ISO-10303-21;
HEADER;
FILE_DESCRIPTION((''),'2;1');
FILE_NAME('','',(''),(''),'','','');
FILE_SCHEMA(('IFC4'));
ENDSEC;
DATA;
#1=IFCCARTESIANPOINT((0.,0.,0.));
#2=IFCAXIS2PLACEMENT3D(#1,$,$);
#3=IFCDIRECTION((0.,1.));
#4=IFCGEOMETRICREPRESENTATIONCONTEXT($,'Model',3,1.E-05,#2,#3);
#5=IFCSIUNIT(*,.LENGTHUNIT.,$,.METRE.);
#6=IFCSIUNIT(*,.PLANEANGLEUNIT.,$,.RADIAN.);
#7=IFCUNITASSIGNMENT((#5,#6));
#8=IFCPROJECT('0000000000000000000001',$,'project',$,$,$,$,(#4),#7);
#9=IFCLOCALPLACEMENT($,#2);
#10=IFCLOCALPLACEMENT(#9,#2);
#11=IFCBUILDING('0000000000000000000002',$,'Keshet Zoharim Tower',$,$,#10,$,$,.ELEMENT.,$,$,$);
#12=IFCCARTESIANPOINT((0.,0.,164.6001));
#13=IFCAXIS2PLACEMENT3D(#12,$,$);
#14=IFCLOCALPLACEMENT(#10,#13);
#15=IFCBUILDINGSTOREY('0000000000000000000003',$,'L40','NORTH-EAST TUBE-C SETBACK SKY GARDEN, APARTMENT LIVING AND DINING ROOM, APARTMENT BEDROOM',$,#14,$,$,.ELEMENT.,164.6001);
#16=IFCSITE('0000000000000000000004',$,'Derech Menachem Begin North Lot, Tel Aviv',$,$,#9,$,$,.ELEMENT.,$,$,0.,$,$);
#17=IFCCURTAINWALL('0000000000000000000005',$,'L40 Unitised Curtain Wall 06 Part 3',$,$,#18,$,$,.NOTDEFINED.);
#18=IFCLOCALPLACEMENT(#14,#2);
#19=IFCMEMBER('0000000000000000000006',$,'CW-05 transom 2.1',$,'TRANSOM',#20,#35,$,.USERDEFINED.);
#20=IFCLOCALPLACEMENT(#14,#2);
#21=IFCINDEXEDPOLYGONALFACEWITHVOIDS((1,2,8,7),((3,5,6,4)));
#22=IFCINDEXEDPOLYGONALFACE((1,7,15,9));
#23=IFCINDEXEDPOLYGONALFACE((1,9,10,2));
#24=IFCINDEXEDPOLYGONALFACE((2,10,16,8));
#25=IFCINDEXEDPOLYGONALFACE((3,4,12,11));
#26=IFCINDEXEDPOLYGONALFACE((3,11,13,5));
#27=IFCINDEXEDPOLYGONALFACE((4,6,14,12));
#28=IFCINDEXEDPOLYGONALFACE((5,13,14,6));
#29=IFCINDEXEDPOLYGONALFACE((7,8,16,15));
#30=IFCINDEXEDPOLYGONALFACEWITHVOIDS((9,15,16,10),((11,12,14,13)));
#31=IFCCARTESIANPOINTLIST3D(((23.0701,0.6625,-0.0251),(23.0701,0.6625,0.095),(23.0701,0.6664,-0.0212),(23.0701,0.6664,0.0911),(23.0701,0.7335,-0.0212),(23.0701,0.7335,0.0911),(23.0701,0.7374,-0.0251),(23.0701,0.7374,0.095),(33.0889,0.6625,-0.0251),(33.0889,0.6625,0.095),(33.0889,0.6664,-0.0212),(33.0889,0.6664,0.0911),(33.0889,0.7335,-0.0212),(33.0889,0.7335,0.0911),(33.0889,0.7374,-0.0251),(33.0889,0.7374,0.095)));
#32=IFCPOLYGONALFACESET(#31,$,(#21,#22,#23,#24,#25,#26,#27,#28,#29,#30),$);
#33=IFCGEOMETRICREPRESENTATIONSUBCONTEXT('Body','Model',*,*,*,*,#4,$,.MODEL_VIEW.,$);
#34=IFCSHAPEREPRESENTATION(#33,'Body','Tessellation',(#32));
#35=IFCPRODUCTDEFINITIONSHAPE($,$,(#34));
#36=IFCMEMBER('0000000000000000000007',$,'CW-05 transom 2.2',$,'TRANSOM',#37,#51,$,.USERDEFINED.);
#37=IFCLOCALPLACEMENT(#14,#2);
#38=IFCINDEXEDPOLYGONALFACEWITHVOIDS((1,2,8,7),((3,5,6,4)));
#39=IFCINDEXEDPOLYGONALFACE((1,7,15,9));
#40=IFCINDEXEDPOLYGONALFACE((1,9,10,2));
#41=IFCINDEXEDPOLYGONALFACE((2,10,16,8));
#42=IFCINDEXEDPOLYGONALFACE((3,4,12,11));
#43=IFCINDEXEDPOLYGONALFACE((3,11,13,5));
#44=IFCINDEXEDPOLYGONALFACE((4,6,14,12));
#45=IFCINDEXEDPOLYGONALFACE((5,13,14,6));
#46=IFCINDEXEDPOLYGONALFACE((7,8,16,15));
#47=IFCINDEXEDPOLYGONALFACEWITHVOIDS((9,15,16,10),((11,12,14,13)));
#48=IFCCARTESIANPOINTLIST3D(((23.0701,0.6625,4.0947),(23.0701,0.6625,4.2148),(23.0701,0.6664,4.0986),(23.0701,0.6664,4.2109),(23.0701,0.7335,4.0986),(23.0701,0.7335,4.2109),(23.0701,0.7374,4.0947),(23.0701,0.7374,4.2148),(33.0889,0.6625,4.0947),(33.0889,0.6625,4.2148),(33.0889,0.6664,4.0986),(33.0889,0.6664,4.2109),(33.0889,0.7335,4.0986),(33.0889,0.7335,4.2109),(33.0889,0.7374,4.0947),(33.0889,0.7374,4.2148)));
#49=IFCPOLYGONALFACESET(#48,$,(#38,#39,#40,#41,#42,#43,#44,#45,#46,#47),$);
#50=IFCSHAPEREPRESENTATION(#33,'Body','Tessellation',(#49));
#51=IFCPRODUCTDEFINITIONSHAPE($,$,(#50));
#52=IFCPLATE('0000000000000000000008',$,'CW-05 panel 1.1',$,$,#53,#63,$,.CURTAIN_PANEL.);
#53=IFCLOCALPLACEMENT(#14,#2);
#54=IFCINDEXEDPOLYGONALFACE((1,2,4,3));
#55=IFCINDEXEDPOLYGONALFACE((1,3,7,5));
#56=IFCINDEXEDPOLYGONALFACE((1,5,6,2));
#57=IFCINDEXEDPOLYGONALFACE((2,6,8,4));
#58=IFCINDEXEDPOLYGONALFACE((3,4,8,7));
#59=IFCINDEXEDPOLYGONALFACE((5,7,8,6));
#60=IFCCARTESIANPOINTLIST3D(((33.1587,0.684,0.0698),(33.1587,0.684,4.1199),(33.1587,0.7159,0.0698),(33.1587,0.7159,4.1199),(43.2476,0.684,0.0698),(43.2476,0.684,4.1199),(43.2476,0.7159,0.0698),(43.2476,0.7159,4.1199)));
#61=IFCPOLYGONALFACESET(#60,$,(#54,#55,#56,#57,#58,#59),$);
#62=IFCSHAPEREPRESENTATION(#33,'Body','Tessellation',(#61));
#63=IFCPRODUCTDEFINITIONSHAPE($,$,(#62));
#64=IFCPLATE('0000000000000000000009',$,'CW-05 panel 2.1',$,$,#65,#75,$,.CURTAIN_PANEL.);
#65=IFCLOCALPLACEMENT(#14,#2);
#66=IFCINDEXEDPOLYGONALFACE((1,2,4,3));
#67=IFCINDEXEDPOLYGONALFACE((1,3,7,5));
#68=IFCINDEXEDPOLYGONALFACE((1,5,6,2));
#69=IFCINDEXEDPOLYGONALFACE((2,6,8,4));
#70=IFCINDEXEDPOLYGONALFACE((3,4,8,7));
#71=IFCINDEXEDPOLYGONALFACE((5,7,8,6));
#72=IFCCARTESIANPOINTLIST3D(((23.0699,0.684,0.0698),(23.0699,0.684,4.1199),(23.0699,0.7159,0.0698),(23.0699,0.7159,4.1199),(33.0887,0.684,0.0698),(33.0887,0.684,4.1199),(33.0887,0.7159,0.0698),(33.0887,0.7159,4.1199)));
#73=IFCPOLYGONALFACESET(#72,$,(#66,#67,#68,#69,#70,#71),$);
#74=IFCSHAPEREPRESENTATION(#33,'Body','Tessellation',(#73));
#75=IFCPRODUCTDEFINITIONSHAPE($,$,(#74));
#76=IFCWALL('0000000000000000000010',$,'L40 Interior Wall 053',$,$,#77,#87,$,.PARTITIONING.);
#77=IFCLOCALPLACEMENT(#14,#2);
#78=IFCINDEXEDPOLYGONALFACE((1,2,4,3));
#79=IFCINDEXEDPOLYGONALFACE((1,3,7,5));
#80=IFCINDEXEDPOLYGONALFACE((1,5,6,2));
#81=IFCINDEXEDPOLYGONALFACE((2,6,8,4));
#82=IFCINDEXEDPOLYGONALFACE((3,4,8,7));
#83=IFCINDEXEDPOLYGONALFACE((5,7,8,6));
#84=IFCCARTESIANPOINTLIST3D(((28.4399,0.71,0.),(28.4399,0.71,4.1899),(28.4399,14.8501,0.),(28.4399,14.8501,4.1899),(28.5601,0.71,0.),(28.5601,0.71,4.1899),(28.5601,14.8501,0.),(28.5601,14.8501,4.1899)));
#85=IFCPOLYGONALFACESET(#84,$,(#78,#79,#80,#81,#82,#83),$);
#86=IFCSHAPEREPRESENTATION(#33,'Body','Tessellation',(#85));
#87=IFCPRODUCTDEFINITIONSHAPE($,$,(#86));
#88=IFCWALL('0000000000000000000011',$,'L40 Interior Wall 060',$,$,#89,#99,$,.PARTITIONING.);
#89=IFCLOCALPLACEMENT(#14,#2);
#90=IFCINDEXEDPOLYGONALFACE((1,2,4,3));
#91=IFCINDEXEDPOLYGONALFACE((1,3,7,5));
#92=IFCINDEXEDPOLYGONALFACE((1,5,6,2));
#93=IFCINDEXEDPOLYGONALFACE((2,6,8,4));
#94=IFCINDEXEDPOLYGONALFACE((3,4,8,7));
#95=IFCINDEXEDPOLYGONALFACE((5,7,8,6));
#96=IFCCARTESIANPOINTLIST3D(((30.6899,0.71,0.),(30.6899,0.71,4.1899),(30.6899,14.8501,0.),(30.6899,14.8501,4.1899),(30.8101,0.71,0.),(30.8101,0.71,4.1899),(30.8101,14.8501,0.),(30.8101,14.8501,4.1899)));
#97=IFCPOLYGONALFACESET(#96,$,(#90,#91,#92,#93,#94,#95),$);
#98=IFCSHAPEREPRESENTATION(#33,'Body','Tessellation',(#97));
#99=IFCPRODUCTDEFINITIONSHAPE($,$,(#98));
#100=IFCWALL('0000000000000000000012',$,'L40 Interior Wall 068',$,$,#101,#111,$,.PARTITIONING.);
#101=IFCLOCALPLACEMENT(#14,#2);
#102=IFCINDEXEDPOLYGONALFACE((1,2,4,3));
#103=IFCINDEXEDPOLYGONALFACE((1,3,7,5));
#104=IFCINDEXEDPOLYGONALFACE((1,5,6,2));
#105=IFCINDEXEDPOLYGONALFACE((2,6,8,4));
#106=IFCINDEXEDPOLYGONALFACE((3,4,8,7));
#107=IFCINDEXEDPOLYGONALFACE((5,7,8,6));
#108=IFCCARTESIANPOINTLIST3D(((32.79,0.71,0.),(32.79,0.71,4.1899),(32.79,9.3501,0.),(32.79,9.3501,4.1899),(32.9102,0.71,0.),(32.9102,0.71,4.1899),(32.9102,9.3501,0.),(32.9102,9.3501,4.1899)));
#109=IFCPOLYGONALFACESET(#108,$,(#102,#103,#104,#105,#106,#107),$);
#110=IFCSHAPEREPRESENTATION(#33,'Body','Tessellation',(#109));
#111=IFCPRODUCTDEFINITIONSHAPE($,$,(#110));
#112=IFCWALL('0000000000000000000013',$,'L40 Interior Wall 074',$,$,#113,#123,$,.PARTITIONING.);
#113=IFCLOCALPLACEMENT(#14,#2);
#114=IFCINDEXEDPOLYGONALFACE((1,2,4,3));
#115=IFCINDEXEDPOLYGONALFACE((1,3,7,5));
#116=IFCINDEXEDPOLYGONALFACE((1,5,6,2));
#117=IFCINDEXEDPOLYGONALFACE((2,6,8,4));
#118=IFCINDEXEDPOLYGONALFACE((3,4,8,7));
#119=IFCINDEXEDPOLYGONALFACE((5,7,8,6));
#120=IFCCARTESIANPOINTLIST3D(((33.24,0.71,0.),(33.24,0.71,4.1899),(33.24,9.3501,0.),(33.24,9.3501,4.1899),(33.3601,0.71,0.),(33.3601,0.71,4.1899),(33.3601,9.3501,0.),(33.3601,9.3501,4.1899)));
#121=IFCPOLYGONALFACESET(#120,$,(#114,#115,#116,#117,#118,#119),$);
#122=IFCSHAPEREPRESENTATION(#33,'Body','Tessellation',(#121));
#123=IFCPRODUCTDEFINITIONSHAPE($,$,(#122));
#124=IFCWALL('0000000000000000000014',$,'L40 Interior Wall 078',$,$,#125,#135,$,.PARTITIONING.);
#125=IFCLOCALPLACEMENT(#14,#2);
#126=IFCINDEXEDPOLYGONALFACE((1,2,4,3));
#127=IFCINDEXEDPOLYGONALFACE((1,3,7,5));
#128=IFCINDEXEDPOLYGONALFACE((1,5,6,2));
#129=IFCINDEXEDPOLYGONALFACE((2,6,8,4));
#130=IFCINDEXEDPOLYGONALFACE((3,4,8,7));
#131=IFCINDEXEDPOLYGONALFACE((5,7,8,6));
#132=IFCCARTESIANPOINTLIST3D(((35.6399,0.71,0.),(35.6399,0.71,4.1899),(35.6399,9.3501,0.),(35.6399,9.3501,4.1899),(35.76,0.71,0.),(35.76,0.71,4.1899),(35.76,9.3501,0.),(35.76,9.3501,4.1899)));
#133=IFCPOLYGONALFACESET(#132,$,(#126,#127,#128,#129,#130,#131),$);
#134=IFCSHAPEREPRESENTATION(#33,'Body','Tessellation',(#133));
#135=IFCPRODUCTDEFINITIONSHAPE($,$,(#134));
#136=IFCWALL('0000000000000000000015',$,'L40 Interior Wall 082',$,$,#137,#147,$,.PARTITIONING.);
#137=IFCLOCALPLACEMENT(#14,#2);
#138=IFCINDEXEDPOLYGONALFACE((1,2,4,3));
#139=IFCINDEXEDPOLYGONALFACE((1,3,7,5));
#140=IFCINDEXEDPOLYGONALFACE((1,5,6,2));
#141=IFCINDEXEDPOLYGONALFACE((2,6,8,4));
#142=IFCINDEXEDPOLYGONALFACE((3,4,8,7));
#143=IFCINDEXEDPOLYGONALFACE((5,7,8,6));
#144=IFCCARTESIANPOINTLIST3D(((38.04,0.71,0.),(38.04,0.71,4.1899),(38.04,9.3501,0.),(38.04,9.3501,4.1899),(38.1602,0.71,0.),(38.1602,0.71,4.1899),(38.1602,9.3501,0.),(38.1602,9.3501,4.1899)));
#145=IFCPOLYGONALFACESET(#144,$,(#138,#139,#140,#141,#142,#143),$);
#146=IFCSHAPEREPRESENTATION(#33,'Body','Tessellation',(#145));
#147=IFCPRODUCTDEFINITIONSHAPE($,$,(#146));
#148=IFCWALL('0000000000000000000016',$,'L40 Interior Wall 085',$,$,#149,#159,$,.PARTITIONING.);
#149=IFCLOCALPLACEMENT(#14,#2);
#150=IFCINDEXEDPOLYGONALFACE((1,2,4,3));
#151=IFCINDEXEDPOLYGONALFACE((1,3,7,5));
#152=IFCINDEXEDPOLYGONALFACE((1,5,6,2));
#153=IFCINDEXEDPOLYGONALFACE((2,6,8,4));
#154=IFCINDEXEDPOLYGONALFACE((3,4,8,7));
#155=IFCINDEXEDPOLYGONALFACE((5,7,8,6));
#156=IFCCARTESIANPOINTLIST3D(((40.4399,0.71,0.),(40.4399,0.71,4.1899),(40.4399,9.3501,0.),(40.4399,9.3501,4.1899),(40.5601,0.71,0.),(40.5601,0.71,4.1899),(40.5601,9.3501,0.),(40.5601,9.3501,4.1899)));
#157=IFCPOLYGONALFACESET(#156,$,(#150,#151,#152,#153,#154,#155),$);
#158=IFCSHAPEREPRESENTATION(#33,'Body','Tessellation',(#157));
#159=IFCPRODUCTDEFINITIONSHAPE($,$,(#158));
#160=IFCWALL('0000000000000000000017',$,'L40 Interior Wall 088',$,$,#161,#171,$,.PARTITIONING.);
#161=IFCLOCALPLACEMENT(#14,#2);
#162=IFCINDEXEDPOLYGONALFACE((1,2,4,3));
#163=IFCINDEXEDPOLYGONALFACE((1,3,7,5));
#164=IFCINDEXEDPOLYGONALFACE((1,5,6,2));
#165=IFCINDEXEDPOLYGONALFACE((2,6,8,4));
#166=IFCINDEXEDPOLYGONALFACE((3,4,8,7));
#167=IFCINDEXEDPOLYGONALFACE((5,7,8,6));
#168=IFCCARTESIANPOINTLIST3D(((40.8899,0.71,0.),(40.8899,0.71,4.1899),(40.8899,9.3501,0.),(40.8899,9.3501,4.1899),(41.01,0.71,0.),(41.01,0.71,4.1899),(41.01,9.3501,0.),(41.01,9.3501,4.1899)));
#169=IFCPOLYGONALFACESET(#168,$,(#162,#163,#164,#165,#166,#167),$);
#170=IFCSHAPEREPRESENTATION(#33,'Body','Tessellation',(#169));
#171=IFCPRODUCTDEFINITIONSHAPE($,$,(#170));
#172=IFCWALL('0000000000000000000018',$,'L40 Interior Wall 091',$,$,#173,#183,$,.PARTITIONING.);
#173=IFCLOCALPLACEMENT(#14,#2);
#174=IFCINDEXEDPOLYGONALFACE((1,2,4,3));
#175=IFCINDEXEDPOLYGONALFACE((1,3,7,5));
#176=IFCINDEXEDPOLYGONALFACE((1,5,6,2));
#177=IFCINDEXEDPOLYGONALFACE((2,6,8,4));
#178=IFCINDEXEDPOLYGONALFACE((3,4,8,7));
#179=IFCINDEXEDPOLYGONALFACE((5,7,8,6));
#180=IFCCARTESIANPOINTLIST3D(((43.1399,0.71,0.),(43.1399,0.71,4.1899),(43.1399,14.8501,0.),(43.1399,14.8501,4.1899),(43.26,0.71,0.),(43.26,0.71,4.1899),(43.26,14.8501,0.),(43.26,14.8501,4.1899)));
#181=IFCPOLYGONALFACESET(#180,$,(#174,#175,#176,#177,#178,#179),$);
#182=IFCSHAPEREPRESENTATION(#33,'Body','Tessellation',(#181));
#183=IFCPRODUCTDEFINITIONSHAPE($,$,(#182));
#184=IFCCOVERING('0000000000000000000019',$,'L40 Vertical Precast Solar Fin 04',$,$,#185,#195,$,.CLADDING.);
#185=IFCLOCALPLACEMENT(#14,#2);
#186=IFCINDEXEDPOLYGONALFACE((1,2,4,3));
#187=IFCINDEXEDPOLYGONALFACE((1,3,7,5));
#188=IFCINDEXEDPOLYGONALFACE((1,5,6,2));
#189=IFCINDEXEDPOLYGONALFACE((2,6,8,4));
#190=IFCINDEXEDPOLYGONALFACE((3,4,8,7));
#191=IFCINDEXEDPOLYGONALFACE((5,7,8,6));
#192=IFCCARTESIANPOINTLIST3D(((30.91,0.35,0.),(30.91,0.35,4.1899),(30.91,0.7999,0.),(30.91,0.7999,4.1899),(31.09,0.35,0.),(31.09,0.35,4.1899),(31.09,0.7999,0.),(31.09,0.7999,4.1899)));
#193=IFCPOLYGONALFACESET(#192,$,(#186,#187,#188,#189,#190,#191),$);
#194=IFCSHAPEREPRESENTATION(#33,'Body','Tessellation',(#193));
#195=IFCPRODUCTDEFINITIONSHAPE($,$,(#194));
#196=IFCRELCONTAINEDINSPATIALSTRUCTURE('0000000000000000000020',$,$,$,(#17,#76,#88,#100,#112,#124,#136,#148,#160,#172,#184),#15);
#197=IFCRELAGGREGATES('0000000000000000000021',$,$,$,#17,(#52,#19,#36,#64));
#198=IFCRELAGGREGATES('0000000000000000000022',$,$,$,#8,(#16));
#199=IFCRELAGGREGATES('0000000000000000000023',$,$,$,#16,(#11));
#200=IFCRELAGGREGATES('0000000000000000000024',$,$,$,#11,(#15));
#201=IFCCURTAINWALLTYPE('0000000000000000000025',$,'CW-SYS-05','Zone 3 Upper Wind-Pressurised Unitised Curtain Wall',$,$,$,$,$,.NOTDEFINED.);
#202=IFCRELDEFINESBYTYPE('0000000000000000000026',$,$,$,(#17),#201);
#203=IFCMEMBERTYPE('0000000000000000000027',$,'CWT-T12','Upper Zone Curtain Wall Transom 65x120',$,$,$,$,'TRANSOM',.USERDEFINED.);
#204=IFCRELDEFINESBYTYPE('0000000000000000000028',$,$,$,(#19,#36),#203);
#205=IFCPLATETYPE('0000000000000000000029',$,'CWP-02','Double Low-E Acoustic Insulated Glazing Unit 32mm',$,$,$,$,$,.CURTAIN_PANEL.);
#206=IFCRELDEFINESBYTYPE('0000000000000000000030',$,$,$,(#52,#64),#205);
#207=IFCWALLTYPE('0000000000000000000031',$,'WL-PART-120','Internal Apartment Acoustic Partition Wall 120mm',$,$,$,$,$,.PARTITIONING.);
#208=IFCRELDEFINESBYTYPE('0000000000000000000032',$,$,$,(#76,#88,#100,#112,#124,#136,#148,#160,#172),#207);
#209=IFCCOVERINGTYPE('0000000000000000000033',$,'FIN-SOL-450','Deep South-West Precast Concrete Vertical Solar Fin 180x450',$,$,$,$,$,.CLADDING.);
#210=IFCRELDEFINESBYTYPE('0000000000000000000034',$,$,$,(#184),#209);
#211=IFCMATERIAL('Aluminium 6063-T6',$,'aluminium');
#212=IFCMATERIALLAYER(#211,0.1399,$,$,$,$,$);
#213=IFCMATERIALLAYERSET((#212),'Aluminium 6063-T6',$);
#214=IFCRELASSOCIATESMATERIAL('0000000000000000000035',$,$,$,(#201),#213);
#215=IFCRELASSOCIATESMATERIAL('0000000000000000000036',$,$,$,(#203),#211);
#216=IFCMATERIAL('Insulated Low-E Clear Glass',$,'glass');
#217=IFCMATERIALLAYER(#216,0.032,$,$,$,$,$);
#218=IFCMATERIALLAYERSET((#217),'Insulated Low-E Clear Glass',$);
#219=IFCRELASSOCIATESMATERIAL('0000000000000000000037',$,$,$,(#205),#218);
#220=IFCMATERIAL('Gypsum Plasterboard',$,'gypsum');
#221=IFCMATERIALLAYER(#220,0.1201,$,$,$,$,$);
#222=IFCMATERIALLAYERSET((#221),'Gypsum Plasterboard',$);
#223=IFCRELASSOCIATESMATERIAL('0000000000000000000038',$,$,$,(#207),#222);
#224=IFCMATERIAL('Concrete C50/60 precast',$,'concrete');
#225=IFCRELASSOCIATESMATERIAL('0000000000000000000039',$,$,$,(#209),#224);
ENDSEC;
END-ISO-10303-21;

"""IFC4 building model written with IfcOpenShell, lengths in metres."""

from ifc_helpers import new_model, si_unit, direction, frame, frame_2d, origin, origin_2d, place, context, subcontext, project, spatial, rectangle, hollow_rectangle, extrude, material, layer, layer_set, material_profile, profile_set, type_object, element, aggregate, save


model = new_model("IFC4")

# Units and contexts
model_context = context("Model", 3, precision=1e-05, world=origin(), true_north=direction((0.0, 1.0)))
body_context = subcontext(model_context, "Body", "Model", "MODEL_VIEW")
ifc_project = project(units=[si_unit("LENGTHUNIT", "METRE"), si_unit("PLANEANGLEUNIT", "RADIAN")], contexts=[model_context])

# Site, building, storey
site_placement = place(None, origin())
site = spatial("IfcSite", under=ifc_project, at=site_placement, Name="Derech Menachem Begin North Lot, Tel Aviv", CompositionType="ELEMENT", RefElevation=0.0)
building_placement = place(site_placement, origin())
building = spatial("IfcBuilding", under=site, at=building_placement, Name="Keshet Zoharim Tower", CompositionType="ELEMENT")
storey_placement = place(building_placement, frame((0.0, 0.0, 164.6001)))
storey = spatial("IfcBuildingStorey", under=building, at=storey_placement, Name="L40", Description="NORTH-EAST TUBE-C SETBACK SKY GARDEN, APARTMENT LIVING AND DINING ROOM, APARTMENT BEDROOM", CompositionType="ELEMENT", Elevation=164.6001)

# Curtain wall, members, plates
ifc_material_1 = material(Name="Aluminium 6063-T6", Category="aluminium")
ifc_layer_1 = layer(ifc_material_1, 0.1399)
ifc_layer_set_1 = layer_set([ifc_layer_1], Name="Aluminium 6063-T6")
curtain_wall_type = type_object("IfcCurtainWallType", Name="CW-SYS-05", Description="Zone 3 Upper Wind-Pressurised Unitised Curtain Wall", PredefinedType="NOTDEFINED", material=ifc_layer_set_1)
curtain_wall_placement = place(storey_placement, origin())
curtain_wall = element("IfcCurtainWall", 1, at=curtain_wall_placement, inside=storey, type_object=curtain_wall_type, Name="L40 Unitised Curtain Wall 06 Part 3", PredefinedType="NOTDEFINED")
ifc_material_profile_1 = material_profile(ifc_material_1, hollow_rectangle(XDim=0.075, YDim=0.1201, WallThickness=0.0039, at=origin_2d()), Name="TRN-75x120")
ifc_profile_set_1 = profile_set([ifc_material_profile_1], Name="Aluminium 6063-T6")
member_type_1 = type_object("IfcMemberType", Name="CWT-T12", Description="Upper Zone Curtain Wall Transom 65x120", ElementType="TRANSOM", PredefinedType="USERDEFINED", material=ifc_profile_set_1)
member_1_placement = place(storey_placement, frame((33.0889, 0.7, 0.0349), z_axis=(-1.0, 0.0, 0.0), x_axis=(0.0, -1.0, 0.0)))
member_1 = element("IfcMember", 2, at=member_1_placement, type_object=member_type_1, Name="CW-05 transom 2.1", ObjectType="TRANSOM", PredefinedType="USERDEFINED", context=body_context, shape_type="SweptSolid", body=[
    extrude(hollow_rectangle(XDim=0.075, YDim=0.1201, WallThickness=0.0039, at=origin_2d()), origin(), (0.0, 0.0, 1.0), 10.0188),
])
member_2_placement = place(storey_placement, frame((33.0889, 0.7, 4.1548), z_axis=(-1.0, 0.0, 0.0), x_axis=(0.0, -1.0, 0.0)))
member_2 = element("IfcMember", 3, at=member_2_placement, type_object=member_type_1, Name="CW-05 transom 2.2", ObjectType="TRANSOM", PredefinedType="USERDEFINED", context=body_context, shape_type="SweptSolid", body=[
    extrude(hollow_rectangle(XDim=0.075, YDim=0.1201, WallThickness=0.0039, at=origin_2d()), origin(), (0.0, 0.0, 1.0), 10.0188),
])
ifc_material_2 = material(Name="Insulated Low-E Clear Glass", Category="glass")
ifc_layer_2 = layer(ifc_material_2, 0.032)
ifc_layer_set_2 = layer_set([ifc_layer_2], Name="Insulated Low-E Clear Glass")
plate_type = type_object("IfcPlateType", Name="CWP-02", Description="Double Low-E Acoustic Insulated Glazing Unit 32mm", PredefinedType="CURTAIN_PANEL", material=ifc_layer_set_2)
plate_1_placement = place(storey_placement, frame((38.2031, 0.7, 0.0698), z_axis=(0.0, 0.0, 1.0), x_axis=(-1.0, 0.0, 0.0)))
plate_1 = element("IfcPlate", 4, at=plate_1_placement, type_object=plate_type, Name="CW-05 panel 1.1", PredefinedType="CURTAIN_PANEL", context=body_context, shape_type="SweptSolid", body=[
    extrude(rectangle(XDim=10.0889, YDim=0.032, at=origin_2d()), origin(), (0.0, 0.0, 1.0), 4.05),
])
plate_2_placement = place(storey_placement, frame((28.0793, 0.7, 0.0698), z_axis=(0.0, 0.0, 1.0), x_axis=(-1.0, 0.0, 0.0)))
plate_2 = element("IfcPlate", 5, at=plate_2_placement, type_object=plate_type, Name="CW-05 panel 2.1", PredefinedType="CURTAIN_PANEL", context=body_context, shape_type="SweptSolid", body=[
    extrude(rectangle(XDim=10.0188, YDim=0.032, at=origin_2d()), origin(), (0.0, 0.0, 1.0), 4.05),
])
aggregate(curtain_wall, [plate_1, member_1, member_2, plate_2])

# Walls
ifc_material_3 = material(Name="Gypsum Plasterboard", Category="gypsum")
ifc_layer_3 = layer(ifc_material_3, 0.1201)
ifc_layer_set_3 = layer_set([ifc_layer_3], Name="Gypsum Plasterboard")
wall_type = type_object("IfcWallType", Name="WL-PART-120", Description="Internal Apartment Acoustic Partition Wall 120mm", PredefinedType="PARTITIONING", material=ifc_layer_set_3)
for number, where, z_axis, x_axis, name in (
    (6, (28.5, 0.71, 0.0), (0.0, 0.0, 1.0), (0.0, 1.0, 0.0), "L40 Interior Wall 053"),
    (7, (30.75, 0.71, 0.0), (0.0, 0.0, 1.0), (0.0, 1.0, 0.0), "L40 Interior Wall 060"),
):
    element("IfcWall", number, at=place(storey_placement, frame(where, z_axis=z_axis, x_axis=x_axis)), inside=storey, type_object=wall_type, Name=name, PredefinedType="PARTITIONING", context=body_context, shape_type="SweptSolid", body=[
        extrude(rectangle(XDim=14.1401, YDim=0.1201, at=frame_2d((7.0701, 0.0))), origin(), (0.0, 0.0, 1.0), 4.1899),
    ])
for number, where, z_axis, x_axis, name in (
    (8, (32.8501, 0.71, 0.0), (0.0, 0.0, 1.0), (0.0, 1.0, 0.0), "L40 Interior Wall 068"),
    (9, (33.3, 0.71, 0.0), (0.0, 0.0, 1.0), (0.0, 1.0, 0.0), "L40 Interior Wall 074"),
    (10, (35.7, 0.71, 0.0), (0.0, 0.0, 1.0), (0.0, 1.0, 0.0), "L40 Interior Wall 078"),
    (11, (38.1001, 0.71, 0.0), (0.0, 0.0, 1.0), (0.0, 1.0, 0.0), "L40 Interior Wall 082"),
    (12, (40.5, 0.71, 0.0), (0.0, 0.0, 1.0), (0.0, 1.0, 0.0), "L40 Interior Wall 085"),
    (13, (40.95, 0.71, 0.0), (0.0, 0.0, 1.0), (0.0, 1.0, 0.0), "L40 Interior Wall 088"),
):
    element("IfcWall", number, at=place(storey_placement, frame(where, z_axis=z_axis, x_axis=x_axis)), inside=storey, type_object=wall_type, Name=name, PredefinedType="PARTITIONING", context=body_context, shape_type="SweptSolid", body=[
        extrude(rectangle(XDim=8.6401, YDim=0.1201, at=frame_2d((4.3201, 0.0))), origin(), (0.0, 0.0, 1.0), 4.1899),
    ])
wall_placement = place(storey_placement, frame((43.2, 0.71, 0.0), z_axis=(0.0, 0.0, 1.0), x_axis=(0.0, 1.0, 0.0)))
element("IfcWall", 14, at=wall_placement, inside=storey, type_object=wall_type, Name="L40 Interior Wall 091", PredefinedType="PARTITIONING", context=body_context, shape_type="SweptSolid", body=[
    extrude(rectangle(XDim=14.1401, YDim=0.1201, at=frame_2d((7.0701, 0.0))), origin(), (0.0, 0.0, 1.0), 4.1899),
])

# Covering
ifc_material_4 = material(Name="Concrete C50/60 precast", Category="concrete")
covering_type = type_object("IfcCoveringType", Name="FIN-SOL-450", Description="Deep South-West Precast Concrete Vertical Solar Fin 180x450", PredefinedType="CLADDING", material=ifc_material_4)
covering_placement = place(storey_placement, frame((31.0, 0.575, 0.0), z_axis=(0.0, 0.0, 1.0), x_axis=(-1.0, 0.0, 0.0)))
element("IfcCovering", 15, at=covering_placement, inside=storey, type_object=covering_type, Name="L40 Vertical Precast Solar Fin 04", PredefinedType="CLADDING", context=body_context, shape_type="SweptSolid", body=[
    extrude(rectangle(XDim=0.1799, YDim=0.45, at=origin_2d()), origin(), (0.0, 0.0, 1.0), 4.1899),
])

save(model, "model.ifc")
